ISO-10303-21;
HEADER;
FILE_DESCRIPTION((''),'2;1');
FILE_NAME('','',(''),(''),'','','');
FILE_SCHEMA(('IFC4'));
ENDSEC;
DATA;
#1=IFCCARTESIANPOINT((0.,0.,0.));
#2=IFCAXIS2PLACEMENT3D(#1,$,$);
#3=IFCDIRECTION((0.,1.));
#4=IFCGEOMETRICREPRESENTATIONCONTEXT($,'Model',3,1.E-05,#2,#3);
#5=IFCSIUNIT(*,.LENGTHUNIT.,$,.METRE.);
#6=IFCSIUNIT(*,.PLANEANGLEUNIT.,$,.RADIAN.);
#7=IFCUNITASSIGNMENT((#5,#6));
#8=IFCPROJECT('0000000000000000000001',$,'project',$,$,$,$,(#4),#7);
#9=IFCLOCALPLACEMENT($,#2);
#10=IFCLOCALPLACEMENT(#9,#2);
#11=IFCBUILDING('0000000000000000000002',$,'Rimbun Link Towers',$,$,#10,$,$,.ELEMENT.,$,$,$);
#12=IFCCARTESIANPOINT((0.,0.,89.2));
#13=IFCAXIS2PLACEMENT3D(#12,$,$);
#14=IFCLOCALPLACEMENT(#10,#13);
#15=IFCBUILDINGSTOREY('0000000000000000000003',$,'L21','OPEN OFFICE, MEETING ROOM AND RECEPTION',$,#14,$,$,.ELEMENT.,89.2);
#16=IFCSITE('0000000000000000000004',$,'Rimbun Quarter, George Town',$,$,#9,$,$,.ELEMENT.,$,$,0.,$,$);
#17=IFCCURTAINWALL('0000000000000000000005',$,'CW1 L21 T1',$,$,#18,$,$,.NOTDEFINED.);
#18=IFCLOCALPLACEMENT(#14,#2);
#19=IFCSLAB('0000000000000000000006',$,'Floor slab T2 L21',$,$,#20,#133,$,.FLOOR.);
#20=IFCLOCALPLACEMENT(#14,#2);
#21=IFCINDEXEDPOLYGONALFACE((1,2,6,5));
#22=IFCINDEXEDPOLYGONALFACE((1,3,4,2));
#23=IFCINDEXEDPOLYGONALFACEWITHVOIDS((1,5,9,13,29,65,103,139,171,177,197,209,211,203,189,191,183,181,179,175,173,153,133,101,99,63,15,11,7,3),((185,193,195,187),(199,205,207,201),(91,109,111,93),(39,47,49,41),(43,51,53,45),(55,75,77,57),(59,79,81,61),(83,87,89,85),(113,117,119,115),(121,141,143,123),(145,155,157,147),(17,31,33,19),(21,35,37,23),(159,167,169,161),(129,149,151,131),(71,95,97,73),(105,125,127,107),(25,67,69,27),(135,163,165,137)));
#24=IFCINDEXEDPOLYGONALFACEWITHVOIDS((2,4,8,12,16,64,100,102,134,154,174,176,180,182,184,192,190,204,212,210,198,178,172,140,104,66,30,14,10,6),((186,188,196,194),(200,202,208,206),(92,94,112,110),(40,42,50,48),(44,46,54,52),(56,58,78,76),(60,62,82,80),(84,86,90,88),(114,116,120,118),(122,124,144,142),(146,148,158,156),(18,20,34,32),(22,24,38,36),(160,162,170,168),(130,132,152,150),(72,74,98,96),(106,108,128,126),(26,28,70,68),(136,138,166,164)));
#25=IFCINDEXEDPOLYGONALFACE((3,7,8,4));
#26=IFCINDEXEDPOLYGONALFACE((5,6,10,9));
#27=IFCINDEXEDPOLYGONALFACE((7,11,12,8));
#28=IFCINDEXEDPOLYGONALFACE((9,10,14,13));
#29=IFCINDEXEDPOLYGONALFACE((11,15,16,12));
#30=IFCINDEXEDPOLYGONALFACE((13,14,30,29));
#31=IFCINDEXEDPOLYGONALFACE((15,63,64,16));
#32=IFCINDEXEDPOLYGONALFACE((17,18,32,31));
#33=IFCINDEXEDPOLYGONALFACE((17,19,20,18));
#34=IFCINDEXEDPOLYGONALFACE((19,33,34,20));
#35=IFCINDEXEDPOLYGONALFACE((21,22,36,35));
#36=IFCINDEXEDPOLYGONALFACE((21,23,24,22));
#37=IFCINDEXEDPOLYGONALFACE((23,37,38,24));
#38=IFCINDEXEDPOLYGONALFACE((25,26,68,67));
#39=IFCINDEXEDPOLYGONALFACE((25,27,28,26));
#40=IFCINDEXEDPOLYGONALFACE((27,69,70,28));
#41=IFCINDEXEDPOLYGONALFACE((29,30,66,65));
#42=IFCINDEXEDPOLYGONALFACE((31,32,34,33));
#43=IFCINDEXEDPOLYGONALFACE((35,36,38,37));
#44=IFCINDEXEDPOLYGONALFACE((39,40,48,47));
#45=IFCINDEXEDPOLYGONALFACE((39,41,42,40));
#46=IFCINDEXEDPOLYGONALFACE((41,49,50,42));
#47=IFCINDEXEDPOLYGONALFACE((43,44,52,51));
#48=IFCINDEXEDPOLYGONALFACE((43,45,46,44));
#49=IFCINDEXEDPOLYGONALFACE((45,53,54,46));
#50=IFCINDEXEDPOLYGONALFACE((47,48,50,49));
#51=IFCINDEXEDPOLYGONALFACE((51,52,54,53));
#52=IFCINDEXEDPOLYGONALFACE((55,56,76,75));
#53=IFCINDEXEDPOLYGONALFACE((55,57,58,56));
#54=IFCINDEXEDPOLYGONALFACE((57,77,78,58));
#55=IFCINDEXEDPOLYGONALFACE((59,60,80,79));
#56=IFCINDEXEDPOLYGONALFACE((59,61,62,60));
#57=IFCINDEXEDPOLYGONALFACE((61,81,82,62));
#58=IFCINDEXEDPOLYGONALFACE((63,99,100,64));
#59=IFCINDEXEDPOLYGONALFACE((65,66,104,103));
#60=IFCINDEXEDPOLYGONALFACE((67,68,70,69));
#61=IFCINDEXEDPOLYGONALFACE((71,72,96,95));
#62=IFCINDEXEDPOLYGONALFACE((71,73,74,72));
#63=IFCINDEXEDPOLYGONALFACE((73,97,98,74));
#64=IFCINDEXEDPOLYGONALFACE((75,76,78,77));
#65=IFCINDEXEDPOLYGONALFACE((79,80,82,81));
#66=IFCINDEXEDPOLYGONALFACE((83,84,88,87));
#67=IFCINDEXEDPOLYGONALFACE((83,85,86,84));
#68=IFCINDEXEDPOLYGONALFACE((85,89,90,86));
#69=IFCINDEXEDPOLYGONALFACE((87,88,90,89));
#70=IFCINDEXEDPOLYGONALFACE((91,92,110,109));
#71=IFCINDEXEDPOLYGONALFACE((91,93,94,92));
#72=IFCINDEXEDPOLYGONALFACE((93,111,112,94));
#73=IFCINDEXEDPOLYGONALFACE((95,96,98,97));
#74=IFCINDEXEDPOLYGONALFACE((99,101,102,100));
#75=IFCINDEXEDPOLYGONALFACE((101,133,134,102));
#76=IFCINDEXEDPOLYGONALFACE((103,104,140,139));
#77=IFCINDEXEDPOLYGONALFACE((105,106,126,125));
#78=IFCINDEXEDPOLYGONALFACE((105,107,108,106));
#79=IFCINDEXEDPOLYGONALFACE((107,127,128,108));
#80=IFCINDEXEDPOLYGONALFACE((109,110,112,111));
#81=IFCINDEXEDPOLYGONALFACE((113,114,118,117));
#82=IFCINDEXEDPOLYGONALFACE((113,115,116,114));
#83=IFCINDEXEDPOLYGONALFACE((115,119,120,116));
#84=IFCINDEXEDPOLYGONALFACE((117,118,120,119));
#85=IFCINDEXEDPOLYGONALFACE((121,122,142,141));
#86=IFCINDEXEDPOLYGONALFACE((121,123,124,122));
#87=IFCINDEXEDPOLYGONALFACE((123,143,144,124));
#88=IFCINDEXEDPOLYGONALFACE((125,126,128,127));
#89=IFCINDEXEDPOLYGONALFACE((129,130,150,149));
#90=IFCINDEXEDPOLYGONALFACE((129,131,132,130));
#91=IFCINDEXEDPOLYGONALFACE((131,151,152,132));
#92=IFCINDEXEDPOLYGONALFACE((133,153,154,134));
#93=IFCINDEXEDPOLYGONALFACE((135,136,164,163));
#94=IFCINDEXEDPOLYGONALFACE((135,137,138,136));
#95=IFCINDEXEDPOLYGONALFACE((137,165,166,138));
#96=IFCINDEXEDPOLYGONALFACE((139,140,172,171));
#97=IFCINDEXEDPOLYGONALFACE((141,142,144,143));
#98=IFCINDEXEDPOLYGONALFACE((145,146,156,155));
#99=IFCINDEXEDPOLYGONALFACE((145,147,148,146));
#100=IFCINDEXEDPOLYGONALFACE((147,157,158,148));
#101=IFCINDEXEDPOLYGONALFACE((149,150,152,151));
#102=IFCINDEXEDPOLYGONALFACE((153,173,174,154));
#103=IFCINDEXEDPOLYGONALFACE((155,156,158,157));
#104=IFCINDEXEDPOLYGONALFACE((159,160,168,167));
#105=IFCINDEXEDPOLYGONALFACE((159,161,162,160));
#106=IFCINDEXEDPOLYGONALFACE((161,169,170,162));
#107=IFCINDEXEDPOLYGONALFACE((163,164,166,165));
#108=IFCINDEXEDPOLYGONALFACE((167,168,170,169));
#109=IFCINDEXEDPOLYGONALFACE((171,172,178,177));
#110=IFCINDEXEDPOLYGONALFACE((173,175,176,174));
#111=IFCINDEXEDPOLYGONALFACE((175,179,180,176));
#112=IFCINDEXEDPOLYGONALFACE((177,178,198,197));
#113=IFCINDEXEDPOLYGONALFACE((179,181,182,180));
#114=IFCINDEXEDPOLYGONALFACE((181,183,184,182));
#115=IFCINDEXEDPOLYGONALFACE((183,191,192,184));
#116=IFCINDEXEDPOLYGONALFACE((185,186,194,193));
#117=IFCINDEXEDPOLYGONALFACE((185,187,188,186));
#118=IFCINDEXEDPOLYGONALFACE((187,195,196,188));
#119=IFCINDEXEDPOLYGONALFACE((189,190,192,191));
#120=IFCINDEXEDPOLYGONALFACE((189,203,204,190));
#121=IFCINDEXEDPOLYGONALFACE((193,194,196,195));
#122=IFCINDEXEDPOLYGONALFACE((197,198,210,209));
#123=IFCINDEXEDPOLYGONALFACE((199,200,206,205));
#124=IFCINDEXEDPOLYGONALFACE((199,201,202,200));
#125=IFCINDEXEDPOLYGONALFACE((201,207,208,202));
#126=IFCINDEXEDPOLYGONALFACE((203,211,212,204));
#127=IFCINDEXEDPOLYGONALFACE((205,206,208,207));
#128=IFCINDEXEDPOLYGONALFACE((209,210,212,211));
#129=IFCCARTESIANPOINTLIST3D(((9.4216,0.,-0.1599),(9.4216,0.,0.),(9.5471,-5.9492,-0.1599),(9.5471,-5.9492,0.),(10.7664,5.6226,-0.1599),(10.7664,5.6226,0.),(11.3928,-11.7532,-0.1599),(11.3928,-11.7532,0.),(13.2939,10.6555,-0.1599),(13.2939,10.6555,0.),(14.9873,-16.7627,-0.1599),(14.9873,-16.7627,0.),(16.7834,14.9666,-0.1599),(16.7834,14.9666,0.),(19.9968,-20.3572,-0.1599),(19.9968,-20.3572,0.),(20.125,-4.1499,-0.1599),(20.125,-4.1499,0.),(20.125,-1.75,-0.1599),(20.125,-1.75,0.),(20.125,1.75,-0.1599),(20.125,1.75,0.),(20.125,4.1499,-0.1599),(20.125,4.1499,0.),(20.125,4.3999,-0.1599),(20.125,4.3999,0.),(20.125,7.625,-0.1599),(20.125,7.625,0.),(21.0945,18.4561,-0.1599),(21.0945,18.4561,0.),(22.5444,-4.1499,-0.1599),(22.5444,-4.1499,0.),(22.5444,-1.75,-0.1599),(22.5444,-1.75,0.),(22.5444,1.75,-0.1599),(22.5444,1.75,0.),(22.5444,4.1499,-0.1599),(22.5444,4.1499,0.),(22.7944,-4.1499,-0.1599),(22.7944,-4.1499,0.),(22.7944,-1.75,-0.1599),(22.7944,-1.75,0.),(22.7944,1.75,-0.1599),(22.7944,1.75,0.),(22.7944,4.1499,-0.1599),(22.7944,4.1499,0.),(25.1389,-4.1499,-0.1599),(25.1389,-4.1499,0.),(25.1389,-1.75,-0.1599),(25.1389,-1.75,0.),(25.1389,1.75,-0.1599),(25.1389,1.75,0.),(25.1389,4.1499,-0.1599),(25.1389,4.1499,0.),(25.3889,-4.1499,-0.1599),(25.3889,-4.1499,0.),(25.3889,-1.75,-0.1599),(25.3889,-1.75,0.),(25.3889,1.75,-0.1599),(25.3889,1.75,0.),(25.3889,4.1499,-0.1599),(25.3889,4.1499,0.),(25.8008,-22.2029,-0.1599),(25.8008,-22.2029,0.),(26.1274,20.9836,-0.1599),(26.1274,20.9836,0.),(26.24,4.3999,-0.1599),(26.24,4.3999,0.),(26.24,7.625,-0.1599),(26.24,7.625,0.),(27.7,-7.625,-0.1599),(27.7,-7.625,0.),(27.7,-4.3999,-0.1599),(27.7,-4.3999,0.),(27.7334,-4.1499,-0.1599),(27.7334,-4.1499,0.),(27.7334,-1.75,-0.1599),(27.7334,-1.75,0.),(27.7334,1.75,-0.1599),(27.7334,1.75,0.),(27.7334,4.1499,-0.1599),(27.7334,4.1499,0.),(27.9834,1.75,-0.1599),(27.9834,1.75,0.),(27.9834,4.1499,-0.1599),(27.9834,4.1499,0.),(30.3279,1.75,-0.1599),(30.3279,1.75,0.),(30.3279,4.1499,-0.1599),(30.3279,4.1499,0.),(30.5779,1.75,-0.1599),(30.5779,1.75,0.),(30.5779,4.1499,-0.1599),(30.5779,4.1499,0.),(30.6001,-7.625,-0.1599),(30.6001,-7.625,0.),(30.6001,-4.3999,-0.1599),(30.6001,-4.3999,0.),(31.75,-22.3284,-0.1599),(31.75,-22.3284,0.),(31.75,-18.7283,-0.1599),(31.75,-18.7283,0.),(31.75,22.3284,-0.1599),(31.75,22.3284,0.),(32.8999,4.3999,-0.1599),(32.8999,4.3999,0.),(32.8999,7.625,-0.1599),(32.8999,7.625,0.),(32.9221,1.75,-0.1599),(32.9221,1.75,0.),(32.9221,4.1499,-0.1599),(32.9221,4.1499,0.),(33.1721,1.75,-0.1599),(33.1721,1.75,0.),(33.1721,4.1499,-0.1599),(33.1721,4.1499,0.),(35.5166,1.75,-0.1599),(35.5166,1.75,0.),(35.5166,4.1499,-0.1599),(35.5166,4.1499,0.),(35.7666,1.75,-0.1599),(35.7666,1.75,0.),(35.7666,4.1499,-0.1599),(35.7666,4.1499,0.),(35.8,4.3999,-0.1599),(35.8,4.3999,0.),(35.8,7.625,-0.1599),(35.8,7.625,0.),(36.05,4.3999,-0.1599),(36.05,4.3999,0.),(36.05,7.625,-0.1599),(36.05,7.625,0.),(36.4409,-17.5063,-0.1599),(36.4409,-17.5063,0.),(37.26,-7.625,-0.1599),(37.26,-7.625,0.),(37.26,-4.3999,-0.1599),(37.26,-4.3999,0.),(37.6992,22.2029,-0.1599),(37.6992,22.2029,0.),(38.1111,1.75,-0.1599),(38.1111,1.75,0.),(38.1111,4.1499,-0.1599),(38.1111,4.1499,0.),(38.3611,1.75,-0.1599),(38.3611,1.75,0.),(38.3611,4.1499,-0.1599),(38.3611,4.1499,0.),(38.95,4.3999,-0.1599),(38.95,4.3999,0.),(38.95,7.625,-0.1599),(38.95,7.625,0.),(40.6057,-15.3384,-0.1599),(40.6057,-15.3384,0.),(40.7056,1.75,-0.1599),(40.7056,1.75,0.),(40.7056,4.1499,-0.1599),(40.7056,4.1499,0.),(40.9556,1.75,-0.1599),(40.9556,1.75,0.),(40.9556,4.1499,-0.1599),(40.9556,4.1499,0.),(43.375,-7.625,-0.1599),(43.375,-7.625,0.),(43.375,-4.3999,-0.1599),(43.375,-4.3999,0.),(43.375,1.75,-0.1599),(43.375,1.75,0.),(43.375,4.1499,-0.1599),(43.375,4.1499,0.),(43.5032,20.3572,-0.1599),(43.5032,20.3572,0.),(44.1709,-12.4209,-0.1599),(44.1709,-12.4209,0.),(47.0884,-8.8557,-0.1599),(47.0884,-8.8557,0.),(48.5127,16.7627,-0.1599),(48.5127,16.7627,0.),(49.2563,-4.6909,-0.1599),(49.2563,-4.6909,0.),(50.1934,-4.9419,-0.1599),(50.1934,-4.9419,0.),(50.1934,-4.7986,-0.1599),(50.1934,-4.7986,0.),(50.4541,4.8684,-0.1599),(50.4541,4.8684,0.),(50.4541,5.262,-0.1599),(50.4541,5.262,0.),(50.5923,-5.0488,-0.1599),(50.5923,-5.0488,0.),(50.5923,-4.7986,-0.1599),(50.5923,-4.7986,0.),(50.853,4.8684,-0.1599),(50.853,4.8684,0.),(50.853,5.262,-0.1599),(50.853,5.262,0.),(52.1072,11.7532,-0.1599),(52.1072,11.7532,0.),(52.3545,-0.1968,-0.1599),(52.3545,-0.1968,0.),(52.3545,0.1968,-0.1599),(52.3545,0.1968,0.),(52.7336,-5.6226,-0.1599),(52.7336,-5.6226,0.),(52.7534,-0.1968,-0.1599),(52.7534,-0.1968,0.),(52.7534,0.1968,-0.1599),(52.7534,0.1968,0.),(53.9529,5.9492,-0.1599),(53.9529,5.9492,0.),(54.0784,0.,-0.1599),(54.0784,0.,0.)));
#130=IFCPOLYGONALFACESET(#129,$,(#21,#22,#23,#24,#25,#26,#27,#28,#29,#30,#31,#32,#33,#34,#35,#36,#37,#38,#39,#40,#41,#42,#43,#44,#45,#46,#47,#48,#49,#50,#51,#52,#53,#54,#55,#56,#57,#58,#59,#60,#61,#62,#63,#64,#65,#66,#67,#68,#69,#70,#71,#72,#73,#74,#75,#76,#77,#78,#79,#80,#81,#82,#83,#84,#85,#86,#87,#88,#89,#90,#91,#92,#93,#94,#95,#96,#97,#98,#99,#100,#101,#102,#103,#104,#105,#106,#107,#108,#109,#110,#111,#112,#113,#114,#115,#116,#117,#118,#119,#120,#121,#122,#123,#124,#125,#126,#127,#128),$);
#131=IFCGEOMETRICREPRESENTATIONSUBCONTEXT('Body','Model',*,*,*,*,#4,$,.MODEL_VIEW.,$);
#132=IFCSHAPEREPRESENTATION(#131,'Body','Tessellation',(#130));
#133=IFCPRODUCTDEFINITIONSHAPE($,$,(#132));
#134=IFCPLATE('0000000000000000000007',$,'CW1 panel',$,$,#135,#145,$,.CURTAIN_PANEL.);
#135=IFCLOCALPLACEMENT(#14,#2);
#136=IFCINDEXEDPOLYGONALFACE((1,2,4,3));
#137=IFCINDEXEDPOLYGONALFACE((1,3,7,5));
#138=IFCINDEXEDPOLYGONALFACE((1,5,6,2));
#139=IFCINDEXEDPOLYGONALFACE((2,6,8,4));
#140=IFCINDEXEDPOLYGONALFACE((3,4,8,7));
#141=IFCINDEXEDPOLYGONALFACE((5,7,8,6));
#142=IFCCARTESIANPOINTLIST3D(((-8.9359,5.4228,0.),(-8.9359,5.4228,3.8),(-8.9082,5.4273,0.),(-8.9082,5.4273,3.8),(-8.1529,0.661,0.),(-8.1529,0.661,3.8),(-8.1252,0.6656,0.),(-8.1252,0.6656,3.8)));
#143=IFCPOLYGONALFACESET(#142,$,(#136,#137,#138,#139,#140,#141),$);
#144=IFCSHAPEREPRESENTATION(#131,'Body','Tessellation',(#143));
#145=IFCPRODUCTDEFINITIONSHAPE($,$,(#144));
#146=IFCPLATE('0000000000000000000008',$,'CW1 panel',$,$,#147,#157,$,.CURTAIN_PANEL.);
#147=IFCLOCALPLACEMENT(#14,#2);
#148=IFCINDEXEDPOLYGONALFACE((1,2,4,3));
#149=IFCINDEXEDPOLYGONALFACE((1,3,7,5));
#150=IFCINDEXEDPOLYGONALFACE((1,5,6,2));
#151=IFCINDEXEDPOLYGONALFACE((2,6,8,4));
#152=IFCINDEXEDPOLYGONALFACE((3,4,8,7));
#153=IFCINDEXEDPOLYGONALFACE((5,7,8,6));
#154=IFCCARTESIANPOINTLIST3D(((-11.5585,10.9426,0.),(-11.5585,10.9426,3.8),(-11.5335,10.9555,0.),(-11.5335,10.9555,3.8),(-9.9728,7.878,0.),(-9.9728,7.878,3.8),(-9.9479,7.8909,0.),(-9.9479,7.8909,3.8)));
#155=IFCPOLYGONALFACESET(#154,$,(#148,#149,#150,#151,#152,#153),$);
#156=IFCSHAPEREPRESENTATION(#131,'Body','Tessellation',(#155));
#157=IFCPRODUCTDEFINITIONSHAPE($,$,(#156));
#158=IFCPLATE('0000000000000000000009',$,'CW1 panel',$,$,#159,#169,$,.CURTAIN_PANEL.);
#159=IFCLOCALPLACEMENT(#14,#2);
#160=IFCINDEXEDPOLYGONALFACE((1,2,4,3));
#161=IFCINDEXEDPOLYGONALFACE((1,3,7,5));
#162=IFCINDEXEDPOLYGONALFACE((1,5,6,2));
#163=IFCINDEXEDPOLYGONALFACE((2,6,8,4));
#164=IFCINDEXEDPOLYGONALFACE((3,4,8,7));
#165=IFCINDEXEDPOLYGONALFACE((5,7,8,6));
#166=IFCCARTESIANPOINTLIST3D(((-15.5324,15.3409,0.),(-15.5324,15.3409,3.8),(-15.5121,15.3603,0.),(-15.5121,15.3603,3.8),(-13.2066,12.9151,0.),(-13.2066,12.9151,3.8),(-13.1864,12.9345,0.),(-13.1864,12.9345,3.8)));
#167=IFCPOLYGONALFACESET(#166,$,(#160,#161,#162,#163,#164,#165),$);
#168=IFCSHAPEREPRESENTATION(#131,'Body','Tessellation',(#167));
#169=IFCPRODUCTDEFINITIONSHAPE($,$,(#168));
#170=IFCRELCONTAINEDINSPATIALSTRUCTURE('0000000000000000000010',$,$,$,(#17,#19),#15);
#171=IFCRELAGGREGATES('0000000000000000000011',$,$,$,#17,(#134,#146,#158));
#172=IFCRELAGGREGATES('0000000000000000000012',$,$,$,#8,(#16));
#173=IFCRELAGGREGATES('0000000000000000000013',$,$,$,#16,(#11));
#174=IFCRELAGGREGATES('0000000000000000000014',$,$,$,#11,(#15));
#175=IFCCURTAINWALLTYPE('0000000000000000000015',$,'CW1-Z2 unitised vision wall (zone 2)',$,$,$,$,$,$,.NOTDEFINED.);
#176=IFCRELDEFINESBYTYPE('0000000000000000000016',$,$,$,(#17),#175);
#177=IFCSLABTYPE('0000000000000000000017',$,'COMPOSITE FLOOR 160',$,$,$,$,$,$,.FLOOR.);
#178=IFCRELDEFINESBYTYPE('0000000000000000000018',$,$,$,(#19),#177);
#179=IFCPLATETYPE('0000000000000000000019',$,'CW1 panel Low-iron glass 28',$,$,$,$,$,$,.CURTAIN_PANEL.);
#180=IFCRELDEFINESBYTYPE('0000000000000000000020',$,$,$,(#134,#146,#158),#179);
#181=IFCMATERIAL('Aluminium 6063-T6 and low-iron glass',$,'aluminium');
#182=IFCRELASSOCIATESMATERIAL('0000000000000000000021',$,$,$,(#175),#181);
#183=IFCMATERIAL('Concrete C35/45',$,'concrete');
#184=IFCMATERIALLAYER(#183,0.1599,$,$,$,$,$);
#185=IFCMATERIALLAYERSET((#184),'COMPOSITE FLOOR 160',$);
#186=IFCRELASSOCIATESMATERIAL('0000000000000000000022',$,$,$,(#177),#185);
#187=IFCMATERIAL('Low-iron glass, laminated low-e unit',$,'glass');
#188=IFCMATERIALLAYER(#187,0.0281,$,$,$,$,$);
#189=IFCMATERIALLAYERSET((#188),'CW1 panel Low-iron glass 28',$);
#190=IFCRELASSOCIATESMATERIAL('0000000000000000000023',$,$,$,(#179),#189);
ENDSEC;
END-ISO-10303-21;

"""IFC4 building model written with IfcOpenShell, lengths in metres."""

from ifc_helpers import new_model, si_unit, direction, frame, origin, origin_2d, place, context, subcontext, project, spatial, polyline, rectangle, outline, extrude, material, layer, layer_set, type_object, element, aggregate, save


model = new_model("IFC4")

# Units and contexts
model_context = context("Model", 3, precision=1e-05, world=origin(), true_north=direction((0.0, 1.0)))
body_context = subcontext(model_context, "Body", "Model", "MODEL_VIEW")
ifc_project = project(units=[si_unit("LENGTHUNIT", "METRE"), si_unit("PLANEANGLEUNIT", "RADIAN")], contexts=[model_context])

# Site, building, storey
site_placement = place(None, origin())
site = spatial("IfcSite", under=ifc_project, at=site_placement, Name="Rimbun Quarter, George Town", CompositionType="ELEMENT", RefElevation=0.0)
building_placement = place(site_placement, origin())
building = spatial("IfcBuilding", under=site, at=building_placement, Name="Rimbun Link Towers", CompositionType="ELEMENT")
storey_placement = place(building_placement, frame((0.0, 0.0, 89.2)))
storey = spatial("IfcBuildingStorey", under=building, at=storey_placement, Name="L21", Description="OPEN OFFICE, MEETING ROOM AND RECEPTION", CompositionType="ELEMENT", Elevation=89.2)

# Curtain wall
ifc_material_1 = material(Name="Aluminium 6063-T6 and low-iron glass", Category="aluminium")
curtain_wall_type = type_object("IfcCurtainWallType", Name="CW1-Z2 unitised vision wall (zone 2)", PredefinedType="NOTDEFINED", material=ifc_material_1)
curtain_wall_placement = place(storey_placement, origin())
curtain_wall = element("IfcCurtainWall", 1, at=curtain_wall_placement, inside=storey, type_object=curtain_wall_type, Name="CW1 L21 T1", PredefinedType="NOTDEFINED")

# Slab
ifc_material_2 = material(Name="Concrete C35/45", Category="concrete")
ifc_layer_1 = layer(ifc_material_2, 0.1599)
ifc_layer_set_1 = layer_set([ifc_layer_1], Name="COMPOSITE FLOOR 160")
slab_type = type_object("IfcSlabType", Name="COMPOSITE FLOOR 160", PredefinedType="FLOOR", material=ifc_layer_set_1)
slab_placement = place(storey_placement, frame((0.0, 0.0, -0.1599)))
element("IfcSlab", 2, at=slab_placement, inside=storey, type_object=slab_type, Name="Floor slab T2 L21", PredefinedType="FLOOR", context=body_context, shape_type="SweptSolid", body=[
    extrude(outline(polyline([(49.2563, -4.6909), (47.0884, -8.8557), (44.1709, -12.4209), (40.6057, -15.3384), (36.4409, -17.5063), (31.75, -18.7283), (31.75, -22.3284), (25.8008, -22.2029), (19.9968, -20.3572), (14.9873, -16.7627), (11.3928, -11.7532), (9.5471, -5.9492), (9.4216, 0.0), (10.7664, 5.6226), (13.2939, 10.6555), (16.7834, 14.9666), (21.0945, 18.4561), (26.1274, 20.9836), (31.75, 22.3284), (37.6992, 22.2029), (43.5032, 20.3572), (48.5127, 16.7627), (52.1072, 11.7532), (53.9529, 5.9492), (54.0784, 0.0), (52.7336, -5.6226), (50.5923, -5.0488), (50.5923, -4.7986), (50.1934, -4.7986), (50.1934, -4.9419), (49.2563, -4.6909)]), holes=[polyline([(30.6001, -7.625), (30.6001, -4.3999), (27.7, -4.3999), (27.7, -7.625), (30.6001, -7.625)]), polyline([(22.5444, -4.1499), (22.5444, -1.75), (20.125, -1.75), (20.125, -4.1499), (22.5444, -4.1499)]), polyline([(25.1389, -4.1499), (25.1389, -1.75), (22.7944, -1.75), (22.7944, -4.1499), (25.1389, -4.1499)]), polyline([(25.3889, -4.1499), (27.7334, -4.1499), (27.7334, -1.75), (25.3889, -1.75), (25.3889, -4.1499)]), polyline([(20.125, 1.75), (22.5444, 1.75), (22.5444, 4.1499), (20.125, 4.1499), (20.125, 1.75)]), polyline([(25.1389, 1.75), (25.1389, 4.1499), (22.7944, 4.1499), (22.7944, 1.75), (25.1389, 1.75)]), polyline([(27.7334, 1.75), (27.7334, 4.1499), (25.3889, 4.1499), (25.3889, 1.75), (27.7334, 1.75)]), polyline([(30.3279, 1.75), (30.3279, 4.1499), (27.9834, 4.1499), (27.9834, 1.75), (30.3279, 1.75)]), polyline([(30.5779, 1.75), (32.9221, 1.75), (32.9221, 4.1499), (30.5779, 4.1499), (30.5779, 1.75)]), polyline([(20.125, 4.3999), (26.24, 4.3999), (26.24, 7.625), (20.125, 7.625), (20.125, 4.3999)]), polyline([(43.375, -7.625), (43.375, -4.3999), (37.26, -4.3999), (37.26, -7.625), (43.375, -7.625)]), polyline([(52.7534, -0.1968), (52.7534, 0.1968), (52.3545, 0.1968), (52.3545, -0.1968), (52.7534, -0.1968)]), polyline([(33.1721, 1.75), (35.5166, 1.75), (35.5166, 4.1499), (33.1721, 4.1499), (33.1721, 1.75)]), polyline([(35.7666, 1.75), (38.1111, 1.75), (38.1111, 4.1499), (35.7666, 4.1499), (35.7666, 1.75)]), polyline([(40.7056, 1.75), (40.7056, 4.1499), (38.3611, 4.1499), (38.3611, 1.75), (40.7056, 1.75)]), polyline([(43.375, 1.75), (43.375, 4.1499), (40.9556, 4.1499), (40.9556, 1.75), (43.375, 1.75)]), polyline([(50.853, 4.8684), (50.853, 5.262), (50.4541, 5.262), (50.4541, 4.8684), (50.853, 4.8684)]), polyline([(32.8999, 4.3999), (35.8, 4.3999), (35.8, 7.625), (32.8999, 7.625), (32.8999, 4.3999)]), polyline([(36.05, 4.3999), (38.95, 4.3999), (38.95, 7.625), (36.05, 7.625), (36.05, 4.3999)])]), origin(), (0.0, 0.0, 1.0), 0.1599),
])

# Plates
ifc_material_3 = material(Name="Low-iron glass, laminated low-e unit", Category="glass")
ifc_layer_2 = layer(ifc_material_3, 0.0281)
ifc_layer_set_2 = layer_set([ifc_layer_2], Name="CW1 panel Low-iron glass 28")
plate_type = type_object("IfcPlateType", Name="CW1 panel Low-iron glass 28", PredefinedType="CURTAIN_PANEL", material=ifc_layer_set_2)
plate_1_placement = place(storey_placement, frame((-8.5305, 3.0442, 0.0), z_axis=(0.0, 0.0, 1.0), x_axis=(0.162255, -0.986749, 0.0)))
plate_1 = element("IfcPlate", 3, at=plate_1_placement, type_object=plate_type, Name="CW1 panel", PredefinedType="CURTAIN_PANEL", context=body_context, shape_type="SweptSolid", body=[
    extrude(rectangle(XDim=4.8257, YDim=0.0281, at=origin_2d()), origin(), (0.0, 0.0, 1.0), 3.8),
])
plate_2_placement = place(storey_placement, frame((-10.7532, 9.4167, 0.0), z_axis=(0.0, 0.0, 1.0), x_axis=(0.459544, -0.888155, 0.0)))
plate_2 = element("IfcPlate", 4, at=plate_2_placement, type_object=plate_type, Name="CW1 panel", PredefinedType="CURTAIN_PANEL", context=body_context, shape_type="SweptSolid", body=[
    extrude(rectangle(XDim=3.4504, YDim=0.0281, at=origin_2d()), origin(), (0.0, 0.0, 1.0), 3.8),
])
plate_3_placement = place(storey_placement, frame((-14.3594, 14.1377, 0.0), z_axis=(0.0, 0.0, 1.0), x_axis=(0.692061, -0.721839, 0.0)))
plate_3 = element("IfcPlate", 5, at=plate_3_placement, type_object=plate_type, Name="CW1 panel", PredefinedType="CURTAIN_PANEL", context=body_context, shape_type="SweptSolid", body=[
    extrude(rectangle(XDim=3.3606, YDim=0.0281, at=origin_2d()), origin(), (0.0, 0.0, 1.0), 3.8),
])
aggregate(curtain_wall, [plate_1, plate_2, plate_3])

save(model, "model.ifc")
